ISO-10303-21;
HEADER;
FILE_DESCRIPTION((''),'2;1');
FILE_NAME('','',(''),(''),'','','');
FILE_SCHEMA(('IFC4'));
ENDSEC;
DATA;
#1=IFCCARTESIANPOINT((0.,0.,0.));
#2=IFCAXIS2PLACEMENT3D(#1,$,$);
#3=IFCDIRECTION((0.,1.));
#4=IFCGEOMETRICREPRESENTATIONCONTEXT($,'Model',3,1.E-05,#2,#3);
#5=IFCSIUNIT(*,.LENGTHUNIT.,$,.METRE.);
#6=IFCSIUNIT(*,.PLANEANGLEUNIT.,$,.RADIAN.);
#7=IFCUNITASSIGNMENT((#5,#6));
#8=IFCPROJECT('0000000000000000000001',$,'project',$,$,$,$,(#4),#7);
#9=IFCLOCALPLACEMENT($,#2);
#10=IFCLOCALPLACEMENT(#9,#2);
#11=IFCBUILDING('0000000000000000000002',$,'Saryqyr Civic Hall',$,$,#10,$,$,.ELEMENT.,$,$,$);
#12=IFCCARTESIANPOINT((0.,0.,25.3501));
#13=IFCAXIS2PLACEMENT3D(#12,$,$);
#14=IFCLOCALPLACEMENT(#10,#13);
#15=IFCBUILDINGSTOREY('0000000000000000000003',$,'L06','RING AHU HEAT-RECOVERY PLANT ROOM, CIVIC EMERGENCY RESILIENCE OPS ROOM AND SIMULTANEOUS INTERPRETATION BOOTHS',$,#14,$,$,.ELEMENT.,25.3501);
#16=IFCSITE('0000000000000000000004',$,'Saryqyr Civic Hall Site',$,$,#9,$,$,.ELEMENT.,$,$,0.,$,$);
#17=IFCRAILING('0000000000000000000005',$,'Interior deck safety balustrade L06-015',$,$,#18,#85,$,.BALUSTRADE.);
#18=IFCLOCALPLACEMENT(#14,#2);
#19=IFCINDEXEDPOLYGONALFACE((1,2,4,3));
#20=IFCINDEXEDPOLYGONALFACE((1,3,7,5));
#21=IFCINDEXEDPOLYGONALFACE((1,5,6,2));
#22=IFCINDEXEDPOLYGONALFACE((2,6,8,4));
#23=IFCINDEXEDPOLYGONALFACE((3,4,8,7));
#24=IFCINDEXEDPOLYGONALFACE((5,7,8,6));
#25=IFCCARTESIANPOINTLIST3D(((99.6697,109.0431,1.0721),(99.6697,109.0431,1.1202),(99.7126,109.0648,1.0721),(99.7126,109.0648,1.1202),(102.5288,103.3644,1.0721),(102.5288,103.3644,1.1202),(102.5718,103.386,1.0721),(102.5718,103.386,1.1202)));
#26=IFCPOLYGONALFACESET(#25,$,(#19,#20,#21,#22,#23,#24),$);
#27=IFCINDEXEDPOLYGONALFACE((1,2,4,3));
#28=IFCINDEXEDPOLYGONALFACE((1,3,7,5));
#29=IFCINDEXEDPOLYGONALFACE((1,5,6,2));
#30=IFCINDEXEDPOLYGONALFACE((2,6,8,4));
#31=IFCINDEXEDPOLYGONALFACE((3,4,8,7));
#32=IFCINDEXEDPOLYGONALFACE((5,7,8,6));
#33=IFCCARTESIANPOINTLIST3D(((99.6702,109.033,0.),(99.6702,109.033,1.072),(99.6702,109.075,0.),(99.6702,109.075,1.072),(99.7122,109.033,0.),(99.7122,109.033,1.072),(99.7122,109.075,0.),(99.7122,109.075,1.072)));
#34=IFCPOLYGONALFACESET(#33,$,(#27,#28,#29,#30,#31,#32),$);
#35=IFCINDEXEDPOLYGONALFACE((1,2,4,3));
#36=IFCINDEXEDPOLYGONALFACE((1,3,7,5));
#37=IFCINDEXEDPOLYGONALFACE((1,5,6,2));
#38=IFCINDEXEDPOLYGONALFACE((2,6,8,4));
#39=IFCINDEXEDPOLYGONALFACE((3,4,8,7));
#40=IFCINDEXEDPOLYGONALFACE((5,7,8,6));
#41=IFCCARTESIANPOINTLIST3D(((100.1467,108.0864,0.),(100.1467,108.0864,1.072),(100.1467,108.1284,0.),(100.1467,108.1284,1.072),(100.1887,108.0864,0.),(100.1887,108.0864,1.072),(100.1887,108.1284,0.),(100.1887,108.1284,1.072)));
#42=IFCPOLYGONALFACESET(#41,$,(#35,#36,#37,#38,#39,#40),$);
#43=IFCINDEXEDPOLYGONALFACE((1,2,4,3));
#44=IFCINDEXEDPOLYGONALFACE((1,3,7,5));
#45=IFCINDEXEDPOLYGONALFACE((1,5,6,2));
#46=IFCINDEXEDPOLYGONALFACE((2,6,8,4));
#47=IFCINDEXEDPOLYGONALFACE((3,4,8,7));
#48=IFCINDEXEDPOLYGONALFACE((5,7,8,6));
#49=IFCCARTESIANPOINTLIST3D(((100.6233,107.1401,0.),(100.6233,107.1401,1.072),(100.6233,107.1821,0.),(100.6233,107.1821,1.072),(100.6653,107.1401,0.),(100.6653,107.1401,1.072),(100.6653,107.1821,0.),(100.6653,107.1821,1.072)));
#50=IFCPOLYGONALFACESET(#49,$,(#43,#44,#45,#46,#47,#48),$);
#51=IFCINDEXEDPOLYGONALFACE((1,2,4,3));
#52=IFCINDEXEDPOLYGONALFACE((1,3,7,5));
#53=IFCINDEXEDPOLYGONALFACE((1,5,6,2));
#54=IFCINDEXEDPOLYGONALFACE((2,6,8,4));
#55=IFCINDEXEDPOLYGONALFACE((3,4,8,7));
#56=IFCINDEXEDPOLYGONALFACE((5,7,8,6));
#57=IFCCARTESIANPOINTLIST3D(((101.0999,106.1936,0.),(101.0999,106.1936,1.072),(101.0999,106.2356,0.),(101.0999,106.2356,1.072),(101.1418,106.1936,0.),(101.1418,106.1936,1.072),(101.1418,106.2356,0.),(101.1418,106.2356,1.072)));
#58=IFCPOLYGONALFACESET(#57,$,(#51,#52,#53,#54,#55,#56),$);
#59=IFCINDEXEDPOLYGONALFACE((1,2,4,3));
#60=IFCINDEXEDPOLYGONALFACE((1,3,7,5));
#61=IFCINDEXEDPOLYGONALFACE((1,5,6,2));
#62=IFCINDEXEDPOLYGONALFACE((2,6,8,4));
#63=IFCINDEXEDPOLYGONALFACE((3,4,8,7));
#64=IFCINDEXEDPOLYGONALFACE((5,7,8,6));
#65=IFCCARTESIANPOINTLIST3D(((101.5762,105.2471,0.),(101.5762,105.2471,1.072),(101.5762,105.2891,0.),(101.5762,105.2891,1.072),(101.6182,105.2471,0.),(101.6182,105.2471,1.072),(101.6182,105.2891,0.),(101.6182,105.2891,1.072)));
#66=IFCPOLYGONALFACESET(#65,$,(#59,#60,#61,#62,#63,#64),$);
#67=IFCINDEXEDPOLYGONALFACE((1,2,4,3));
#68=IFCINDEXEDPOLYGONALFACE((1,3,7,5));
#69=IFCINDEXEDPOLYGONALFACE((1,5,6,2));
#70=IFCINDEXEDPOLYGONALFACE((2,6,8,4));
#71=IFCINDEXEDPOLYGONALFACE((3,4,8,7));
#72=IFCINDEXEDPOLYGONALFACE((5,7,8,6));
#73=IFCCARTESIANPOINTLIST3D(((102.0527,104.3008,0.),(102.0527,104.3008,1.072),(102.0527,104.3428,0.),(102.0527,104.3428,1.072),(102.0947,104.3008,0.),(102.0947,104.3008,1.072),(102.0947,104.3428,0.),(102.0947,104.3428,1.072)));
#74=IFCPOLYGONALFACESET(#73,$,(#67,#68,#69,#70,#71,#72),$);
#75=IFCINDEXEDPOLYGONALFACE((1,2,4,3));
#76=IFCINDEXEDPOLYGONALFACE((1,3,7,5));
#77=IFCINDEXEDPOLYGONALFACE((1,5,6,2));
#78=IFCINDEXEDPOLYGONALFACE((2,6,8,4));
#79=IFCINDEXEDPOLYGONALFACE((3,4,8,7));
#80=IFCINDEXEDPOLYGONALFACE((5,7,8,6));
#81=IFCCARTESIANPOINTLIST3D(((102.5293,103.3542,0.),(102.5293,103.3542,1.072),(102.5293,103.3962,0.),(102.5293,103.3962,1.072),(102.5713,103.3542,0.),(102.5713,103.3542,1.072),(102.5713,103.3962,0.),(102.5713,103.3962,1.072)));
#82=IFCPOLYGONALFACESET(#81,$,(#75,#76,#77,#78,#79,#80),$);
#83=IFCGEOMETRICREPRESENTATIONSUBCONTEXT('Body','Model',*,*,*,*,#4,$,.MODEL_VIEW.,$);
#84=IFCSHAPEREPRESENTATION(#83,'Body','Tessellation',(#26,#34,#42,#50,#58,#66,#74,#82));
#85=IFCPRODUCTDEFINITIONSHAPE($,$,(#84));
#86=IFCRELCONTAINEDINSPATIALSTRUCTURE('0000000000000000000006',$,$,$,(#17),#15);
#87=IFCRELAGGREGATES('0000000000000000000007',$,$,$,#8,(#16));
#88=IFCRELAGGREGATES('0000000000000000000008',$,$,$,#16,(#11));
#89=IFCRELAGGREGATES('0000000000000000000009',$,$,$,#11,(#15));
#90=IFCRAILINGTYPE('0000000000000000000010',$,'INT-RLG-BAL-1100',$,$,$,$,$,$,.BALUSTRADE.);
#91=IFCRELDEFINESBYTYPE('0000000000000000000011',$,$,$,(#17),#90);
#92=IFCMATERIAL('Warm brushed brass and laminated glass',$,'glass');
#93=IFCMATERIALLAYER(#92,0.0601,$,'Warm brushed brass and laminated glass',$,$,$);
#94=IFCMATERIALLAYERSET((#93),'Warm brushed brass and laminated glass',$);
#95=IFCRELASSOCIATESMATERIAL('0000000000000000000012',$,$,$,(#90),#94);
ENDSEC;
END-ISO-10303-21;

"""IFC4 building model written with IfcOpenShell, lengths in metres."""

from ifc_helpers import new_model, si_unit, direction, frame, origin, origin_2d, place, context, subcontext, project, spatial, rectangle, extrude, material, layer, layer_set, type_object, element, save


model = new_model("IFC4")

# Units and contexts
model_context = context("Model", 3, precision=1e-05, world=origin(), true_north=direction((0.0, 1.0)))
body_context = subcontext(model_context, "Body", "Model", "MODEL_VIEW")
ifc_project = project(units=[si_unit("LENGTHUNIT", "METRE"), si_unit("PLANEANGLEUNIT", "RADIAN")], contexts=[model_context])

# Site, building, storey
site_placement = place(None, origin())
site = spatial("IfcSite", under=ifc_project, at=site_placement, Name="Saryqyr Civic Hall Site", CompositionType="ELEMENT", RefElevation=0.0)
building_placement = place(site_placement, origin())
building = spatial("IfcBuilding", under=site, at=building_placement, Name="Saryqyr Civic Hall", CompositionType="ELEMENT")
storey_placement = place(building_placement, frame((0.0, 0.0, 25.3501)))
storey = spatial("IfcBuildingStorey", under=building, at=storey_placement, Name="L06", Description="RING AHU HEAT-RECOVERY PLANT ROOM, CIVIC EMERGENCY RESILIENCE OPS ROOM AND SIMULTANEOUS INTERPRETATION BOOTHS", CompositionType="ELEMENT", Elevation=25.3501)

# Railing
ifc_material_1 = material(Name="Warm brushed brass and laminated glass", Category="glass")
ifc_layer_1 = layer(ifc_material_1, 0.0601, Name="Warm brushed brass and laminated glass")
ifc_layer_set_1 = layer_set([ifc_layer_1], Name="Warm brushed brass and laminated glass")
railing_type = type_object("IfcRailingType", Name="INT-RLG-BAL-1100", PredefinedType="BALUSTRADE", material=ifc_layer_set_1)
railing_1_placement = place(storey_placement, frame((99.6912, 109.054, 0.0)))
element("IfcRailing", 1, at=railing_1_placement, inside=storey, type_object=railing_type, Name="Interior deck safety balustrade L06-015", PredefinedType="BALUSTRADE", context=body_context, shape_type="SweptSolid", body=[
    extrude(rectangle(XDim=0.0481, YDim=0.0481, at=origin_2d()), frame((0.0, 0.0, 1.0962), z_axis=(0.4497, -0.89318, 0.0), x_axis=(0.89318, 0.4497, 0.0)), (0.0, 0.0, 1.0), 6.3579),
    extrude(rectangle(XDim=0.042, YDim=0.042, at=origin_2d()), origin(), (0.0, 0.0, 1.0), 1.072),
    extrude(rectangle(XDim=0.042, YDim=0.042, at=origin_2d()), frame((0.4766, -0.9465, 0.0)), (0.0, 0.0, 1.0), 1.072),
    extrude(rectangle(XDim=0.042, YDim=0.042, at=origin_2d()), frame((0.9531, -1.8928, 0.0)), (0.0, 0.0, 1.0), 1.072),
    extrude(rectangle(XDim=0.042, YDim=0.042, at=origin_2d()), frame((1.4297, -2.8394, 0.0)), (0.0, 0.0, 1.0), 1.072),
    extrude(rectangle(XDim=0.042, YDim=0.042, at=origin_2d()), frame((1.906, -3.7859, 0.0)), (0.0, 0.0, 1.0), 1.072),
    extrude(rectangle(XDim=0.042, YDim=0.042, at=origin_2d()), frame((2.3826, -4.7322, 0.0)), (0.0, 0.0, 1.0), 1.072),
    extrude(rectangle(XDim=0.042, YDim=0.042, at=origin_2d()), frame((2.8591, -5.6787, 0.0)), (0.0, 0.0, 1.0), 1.072),
])

save(model, "model.ifc")
